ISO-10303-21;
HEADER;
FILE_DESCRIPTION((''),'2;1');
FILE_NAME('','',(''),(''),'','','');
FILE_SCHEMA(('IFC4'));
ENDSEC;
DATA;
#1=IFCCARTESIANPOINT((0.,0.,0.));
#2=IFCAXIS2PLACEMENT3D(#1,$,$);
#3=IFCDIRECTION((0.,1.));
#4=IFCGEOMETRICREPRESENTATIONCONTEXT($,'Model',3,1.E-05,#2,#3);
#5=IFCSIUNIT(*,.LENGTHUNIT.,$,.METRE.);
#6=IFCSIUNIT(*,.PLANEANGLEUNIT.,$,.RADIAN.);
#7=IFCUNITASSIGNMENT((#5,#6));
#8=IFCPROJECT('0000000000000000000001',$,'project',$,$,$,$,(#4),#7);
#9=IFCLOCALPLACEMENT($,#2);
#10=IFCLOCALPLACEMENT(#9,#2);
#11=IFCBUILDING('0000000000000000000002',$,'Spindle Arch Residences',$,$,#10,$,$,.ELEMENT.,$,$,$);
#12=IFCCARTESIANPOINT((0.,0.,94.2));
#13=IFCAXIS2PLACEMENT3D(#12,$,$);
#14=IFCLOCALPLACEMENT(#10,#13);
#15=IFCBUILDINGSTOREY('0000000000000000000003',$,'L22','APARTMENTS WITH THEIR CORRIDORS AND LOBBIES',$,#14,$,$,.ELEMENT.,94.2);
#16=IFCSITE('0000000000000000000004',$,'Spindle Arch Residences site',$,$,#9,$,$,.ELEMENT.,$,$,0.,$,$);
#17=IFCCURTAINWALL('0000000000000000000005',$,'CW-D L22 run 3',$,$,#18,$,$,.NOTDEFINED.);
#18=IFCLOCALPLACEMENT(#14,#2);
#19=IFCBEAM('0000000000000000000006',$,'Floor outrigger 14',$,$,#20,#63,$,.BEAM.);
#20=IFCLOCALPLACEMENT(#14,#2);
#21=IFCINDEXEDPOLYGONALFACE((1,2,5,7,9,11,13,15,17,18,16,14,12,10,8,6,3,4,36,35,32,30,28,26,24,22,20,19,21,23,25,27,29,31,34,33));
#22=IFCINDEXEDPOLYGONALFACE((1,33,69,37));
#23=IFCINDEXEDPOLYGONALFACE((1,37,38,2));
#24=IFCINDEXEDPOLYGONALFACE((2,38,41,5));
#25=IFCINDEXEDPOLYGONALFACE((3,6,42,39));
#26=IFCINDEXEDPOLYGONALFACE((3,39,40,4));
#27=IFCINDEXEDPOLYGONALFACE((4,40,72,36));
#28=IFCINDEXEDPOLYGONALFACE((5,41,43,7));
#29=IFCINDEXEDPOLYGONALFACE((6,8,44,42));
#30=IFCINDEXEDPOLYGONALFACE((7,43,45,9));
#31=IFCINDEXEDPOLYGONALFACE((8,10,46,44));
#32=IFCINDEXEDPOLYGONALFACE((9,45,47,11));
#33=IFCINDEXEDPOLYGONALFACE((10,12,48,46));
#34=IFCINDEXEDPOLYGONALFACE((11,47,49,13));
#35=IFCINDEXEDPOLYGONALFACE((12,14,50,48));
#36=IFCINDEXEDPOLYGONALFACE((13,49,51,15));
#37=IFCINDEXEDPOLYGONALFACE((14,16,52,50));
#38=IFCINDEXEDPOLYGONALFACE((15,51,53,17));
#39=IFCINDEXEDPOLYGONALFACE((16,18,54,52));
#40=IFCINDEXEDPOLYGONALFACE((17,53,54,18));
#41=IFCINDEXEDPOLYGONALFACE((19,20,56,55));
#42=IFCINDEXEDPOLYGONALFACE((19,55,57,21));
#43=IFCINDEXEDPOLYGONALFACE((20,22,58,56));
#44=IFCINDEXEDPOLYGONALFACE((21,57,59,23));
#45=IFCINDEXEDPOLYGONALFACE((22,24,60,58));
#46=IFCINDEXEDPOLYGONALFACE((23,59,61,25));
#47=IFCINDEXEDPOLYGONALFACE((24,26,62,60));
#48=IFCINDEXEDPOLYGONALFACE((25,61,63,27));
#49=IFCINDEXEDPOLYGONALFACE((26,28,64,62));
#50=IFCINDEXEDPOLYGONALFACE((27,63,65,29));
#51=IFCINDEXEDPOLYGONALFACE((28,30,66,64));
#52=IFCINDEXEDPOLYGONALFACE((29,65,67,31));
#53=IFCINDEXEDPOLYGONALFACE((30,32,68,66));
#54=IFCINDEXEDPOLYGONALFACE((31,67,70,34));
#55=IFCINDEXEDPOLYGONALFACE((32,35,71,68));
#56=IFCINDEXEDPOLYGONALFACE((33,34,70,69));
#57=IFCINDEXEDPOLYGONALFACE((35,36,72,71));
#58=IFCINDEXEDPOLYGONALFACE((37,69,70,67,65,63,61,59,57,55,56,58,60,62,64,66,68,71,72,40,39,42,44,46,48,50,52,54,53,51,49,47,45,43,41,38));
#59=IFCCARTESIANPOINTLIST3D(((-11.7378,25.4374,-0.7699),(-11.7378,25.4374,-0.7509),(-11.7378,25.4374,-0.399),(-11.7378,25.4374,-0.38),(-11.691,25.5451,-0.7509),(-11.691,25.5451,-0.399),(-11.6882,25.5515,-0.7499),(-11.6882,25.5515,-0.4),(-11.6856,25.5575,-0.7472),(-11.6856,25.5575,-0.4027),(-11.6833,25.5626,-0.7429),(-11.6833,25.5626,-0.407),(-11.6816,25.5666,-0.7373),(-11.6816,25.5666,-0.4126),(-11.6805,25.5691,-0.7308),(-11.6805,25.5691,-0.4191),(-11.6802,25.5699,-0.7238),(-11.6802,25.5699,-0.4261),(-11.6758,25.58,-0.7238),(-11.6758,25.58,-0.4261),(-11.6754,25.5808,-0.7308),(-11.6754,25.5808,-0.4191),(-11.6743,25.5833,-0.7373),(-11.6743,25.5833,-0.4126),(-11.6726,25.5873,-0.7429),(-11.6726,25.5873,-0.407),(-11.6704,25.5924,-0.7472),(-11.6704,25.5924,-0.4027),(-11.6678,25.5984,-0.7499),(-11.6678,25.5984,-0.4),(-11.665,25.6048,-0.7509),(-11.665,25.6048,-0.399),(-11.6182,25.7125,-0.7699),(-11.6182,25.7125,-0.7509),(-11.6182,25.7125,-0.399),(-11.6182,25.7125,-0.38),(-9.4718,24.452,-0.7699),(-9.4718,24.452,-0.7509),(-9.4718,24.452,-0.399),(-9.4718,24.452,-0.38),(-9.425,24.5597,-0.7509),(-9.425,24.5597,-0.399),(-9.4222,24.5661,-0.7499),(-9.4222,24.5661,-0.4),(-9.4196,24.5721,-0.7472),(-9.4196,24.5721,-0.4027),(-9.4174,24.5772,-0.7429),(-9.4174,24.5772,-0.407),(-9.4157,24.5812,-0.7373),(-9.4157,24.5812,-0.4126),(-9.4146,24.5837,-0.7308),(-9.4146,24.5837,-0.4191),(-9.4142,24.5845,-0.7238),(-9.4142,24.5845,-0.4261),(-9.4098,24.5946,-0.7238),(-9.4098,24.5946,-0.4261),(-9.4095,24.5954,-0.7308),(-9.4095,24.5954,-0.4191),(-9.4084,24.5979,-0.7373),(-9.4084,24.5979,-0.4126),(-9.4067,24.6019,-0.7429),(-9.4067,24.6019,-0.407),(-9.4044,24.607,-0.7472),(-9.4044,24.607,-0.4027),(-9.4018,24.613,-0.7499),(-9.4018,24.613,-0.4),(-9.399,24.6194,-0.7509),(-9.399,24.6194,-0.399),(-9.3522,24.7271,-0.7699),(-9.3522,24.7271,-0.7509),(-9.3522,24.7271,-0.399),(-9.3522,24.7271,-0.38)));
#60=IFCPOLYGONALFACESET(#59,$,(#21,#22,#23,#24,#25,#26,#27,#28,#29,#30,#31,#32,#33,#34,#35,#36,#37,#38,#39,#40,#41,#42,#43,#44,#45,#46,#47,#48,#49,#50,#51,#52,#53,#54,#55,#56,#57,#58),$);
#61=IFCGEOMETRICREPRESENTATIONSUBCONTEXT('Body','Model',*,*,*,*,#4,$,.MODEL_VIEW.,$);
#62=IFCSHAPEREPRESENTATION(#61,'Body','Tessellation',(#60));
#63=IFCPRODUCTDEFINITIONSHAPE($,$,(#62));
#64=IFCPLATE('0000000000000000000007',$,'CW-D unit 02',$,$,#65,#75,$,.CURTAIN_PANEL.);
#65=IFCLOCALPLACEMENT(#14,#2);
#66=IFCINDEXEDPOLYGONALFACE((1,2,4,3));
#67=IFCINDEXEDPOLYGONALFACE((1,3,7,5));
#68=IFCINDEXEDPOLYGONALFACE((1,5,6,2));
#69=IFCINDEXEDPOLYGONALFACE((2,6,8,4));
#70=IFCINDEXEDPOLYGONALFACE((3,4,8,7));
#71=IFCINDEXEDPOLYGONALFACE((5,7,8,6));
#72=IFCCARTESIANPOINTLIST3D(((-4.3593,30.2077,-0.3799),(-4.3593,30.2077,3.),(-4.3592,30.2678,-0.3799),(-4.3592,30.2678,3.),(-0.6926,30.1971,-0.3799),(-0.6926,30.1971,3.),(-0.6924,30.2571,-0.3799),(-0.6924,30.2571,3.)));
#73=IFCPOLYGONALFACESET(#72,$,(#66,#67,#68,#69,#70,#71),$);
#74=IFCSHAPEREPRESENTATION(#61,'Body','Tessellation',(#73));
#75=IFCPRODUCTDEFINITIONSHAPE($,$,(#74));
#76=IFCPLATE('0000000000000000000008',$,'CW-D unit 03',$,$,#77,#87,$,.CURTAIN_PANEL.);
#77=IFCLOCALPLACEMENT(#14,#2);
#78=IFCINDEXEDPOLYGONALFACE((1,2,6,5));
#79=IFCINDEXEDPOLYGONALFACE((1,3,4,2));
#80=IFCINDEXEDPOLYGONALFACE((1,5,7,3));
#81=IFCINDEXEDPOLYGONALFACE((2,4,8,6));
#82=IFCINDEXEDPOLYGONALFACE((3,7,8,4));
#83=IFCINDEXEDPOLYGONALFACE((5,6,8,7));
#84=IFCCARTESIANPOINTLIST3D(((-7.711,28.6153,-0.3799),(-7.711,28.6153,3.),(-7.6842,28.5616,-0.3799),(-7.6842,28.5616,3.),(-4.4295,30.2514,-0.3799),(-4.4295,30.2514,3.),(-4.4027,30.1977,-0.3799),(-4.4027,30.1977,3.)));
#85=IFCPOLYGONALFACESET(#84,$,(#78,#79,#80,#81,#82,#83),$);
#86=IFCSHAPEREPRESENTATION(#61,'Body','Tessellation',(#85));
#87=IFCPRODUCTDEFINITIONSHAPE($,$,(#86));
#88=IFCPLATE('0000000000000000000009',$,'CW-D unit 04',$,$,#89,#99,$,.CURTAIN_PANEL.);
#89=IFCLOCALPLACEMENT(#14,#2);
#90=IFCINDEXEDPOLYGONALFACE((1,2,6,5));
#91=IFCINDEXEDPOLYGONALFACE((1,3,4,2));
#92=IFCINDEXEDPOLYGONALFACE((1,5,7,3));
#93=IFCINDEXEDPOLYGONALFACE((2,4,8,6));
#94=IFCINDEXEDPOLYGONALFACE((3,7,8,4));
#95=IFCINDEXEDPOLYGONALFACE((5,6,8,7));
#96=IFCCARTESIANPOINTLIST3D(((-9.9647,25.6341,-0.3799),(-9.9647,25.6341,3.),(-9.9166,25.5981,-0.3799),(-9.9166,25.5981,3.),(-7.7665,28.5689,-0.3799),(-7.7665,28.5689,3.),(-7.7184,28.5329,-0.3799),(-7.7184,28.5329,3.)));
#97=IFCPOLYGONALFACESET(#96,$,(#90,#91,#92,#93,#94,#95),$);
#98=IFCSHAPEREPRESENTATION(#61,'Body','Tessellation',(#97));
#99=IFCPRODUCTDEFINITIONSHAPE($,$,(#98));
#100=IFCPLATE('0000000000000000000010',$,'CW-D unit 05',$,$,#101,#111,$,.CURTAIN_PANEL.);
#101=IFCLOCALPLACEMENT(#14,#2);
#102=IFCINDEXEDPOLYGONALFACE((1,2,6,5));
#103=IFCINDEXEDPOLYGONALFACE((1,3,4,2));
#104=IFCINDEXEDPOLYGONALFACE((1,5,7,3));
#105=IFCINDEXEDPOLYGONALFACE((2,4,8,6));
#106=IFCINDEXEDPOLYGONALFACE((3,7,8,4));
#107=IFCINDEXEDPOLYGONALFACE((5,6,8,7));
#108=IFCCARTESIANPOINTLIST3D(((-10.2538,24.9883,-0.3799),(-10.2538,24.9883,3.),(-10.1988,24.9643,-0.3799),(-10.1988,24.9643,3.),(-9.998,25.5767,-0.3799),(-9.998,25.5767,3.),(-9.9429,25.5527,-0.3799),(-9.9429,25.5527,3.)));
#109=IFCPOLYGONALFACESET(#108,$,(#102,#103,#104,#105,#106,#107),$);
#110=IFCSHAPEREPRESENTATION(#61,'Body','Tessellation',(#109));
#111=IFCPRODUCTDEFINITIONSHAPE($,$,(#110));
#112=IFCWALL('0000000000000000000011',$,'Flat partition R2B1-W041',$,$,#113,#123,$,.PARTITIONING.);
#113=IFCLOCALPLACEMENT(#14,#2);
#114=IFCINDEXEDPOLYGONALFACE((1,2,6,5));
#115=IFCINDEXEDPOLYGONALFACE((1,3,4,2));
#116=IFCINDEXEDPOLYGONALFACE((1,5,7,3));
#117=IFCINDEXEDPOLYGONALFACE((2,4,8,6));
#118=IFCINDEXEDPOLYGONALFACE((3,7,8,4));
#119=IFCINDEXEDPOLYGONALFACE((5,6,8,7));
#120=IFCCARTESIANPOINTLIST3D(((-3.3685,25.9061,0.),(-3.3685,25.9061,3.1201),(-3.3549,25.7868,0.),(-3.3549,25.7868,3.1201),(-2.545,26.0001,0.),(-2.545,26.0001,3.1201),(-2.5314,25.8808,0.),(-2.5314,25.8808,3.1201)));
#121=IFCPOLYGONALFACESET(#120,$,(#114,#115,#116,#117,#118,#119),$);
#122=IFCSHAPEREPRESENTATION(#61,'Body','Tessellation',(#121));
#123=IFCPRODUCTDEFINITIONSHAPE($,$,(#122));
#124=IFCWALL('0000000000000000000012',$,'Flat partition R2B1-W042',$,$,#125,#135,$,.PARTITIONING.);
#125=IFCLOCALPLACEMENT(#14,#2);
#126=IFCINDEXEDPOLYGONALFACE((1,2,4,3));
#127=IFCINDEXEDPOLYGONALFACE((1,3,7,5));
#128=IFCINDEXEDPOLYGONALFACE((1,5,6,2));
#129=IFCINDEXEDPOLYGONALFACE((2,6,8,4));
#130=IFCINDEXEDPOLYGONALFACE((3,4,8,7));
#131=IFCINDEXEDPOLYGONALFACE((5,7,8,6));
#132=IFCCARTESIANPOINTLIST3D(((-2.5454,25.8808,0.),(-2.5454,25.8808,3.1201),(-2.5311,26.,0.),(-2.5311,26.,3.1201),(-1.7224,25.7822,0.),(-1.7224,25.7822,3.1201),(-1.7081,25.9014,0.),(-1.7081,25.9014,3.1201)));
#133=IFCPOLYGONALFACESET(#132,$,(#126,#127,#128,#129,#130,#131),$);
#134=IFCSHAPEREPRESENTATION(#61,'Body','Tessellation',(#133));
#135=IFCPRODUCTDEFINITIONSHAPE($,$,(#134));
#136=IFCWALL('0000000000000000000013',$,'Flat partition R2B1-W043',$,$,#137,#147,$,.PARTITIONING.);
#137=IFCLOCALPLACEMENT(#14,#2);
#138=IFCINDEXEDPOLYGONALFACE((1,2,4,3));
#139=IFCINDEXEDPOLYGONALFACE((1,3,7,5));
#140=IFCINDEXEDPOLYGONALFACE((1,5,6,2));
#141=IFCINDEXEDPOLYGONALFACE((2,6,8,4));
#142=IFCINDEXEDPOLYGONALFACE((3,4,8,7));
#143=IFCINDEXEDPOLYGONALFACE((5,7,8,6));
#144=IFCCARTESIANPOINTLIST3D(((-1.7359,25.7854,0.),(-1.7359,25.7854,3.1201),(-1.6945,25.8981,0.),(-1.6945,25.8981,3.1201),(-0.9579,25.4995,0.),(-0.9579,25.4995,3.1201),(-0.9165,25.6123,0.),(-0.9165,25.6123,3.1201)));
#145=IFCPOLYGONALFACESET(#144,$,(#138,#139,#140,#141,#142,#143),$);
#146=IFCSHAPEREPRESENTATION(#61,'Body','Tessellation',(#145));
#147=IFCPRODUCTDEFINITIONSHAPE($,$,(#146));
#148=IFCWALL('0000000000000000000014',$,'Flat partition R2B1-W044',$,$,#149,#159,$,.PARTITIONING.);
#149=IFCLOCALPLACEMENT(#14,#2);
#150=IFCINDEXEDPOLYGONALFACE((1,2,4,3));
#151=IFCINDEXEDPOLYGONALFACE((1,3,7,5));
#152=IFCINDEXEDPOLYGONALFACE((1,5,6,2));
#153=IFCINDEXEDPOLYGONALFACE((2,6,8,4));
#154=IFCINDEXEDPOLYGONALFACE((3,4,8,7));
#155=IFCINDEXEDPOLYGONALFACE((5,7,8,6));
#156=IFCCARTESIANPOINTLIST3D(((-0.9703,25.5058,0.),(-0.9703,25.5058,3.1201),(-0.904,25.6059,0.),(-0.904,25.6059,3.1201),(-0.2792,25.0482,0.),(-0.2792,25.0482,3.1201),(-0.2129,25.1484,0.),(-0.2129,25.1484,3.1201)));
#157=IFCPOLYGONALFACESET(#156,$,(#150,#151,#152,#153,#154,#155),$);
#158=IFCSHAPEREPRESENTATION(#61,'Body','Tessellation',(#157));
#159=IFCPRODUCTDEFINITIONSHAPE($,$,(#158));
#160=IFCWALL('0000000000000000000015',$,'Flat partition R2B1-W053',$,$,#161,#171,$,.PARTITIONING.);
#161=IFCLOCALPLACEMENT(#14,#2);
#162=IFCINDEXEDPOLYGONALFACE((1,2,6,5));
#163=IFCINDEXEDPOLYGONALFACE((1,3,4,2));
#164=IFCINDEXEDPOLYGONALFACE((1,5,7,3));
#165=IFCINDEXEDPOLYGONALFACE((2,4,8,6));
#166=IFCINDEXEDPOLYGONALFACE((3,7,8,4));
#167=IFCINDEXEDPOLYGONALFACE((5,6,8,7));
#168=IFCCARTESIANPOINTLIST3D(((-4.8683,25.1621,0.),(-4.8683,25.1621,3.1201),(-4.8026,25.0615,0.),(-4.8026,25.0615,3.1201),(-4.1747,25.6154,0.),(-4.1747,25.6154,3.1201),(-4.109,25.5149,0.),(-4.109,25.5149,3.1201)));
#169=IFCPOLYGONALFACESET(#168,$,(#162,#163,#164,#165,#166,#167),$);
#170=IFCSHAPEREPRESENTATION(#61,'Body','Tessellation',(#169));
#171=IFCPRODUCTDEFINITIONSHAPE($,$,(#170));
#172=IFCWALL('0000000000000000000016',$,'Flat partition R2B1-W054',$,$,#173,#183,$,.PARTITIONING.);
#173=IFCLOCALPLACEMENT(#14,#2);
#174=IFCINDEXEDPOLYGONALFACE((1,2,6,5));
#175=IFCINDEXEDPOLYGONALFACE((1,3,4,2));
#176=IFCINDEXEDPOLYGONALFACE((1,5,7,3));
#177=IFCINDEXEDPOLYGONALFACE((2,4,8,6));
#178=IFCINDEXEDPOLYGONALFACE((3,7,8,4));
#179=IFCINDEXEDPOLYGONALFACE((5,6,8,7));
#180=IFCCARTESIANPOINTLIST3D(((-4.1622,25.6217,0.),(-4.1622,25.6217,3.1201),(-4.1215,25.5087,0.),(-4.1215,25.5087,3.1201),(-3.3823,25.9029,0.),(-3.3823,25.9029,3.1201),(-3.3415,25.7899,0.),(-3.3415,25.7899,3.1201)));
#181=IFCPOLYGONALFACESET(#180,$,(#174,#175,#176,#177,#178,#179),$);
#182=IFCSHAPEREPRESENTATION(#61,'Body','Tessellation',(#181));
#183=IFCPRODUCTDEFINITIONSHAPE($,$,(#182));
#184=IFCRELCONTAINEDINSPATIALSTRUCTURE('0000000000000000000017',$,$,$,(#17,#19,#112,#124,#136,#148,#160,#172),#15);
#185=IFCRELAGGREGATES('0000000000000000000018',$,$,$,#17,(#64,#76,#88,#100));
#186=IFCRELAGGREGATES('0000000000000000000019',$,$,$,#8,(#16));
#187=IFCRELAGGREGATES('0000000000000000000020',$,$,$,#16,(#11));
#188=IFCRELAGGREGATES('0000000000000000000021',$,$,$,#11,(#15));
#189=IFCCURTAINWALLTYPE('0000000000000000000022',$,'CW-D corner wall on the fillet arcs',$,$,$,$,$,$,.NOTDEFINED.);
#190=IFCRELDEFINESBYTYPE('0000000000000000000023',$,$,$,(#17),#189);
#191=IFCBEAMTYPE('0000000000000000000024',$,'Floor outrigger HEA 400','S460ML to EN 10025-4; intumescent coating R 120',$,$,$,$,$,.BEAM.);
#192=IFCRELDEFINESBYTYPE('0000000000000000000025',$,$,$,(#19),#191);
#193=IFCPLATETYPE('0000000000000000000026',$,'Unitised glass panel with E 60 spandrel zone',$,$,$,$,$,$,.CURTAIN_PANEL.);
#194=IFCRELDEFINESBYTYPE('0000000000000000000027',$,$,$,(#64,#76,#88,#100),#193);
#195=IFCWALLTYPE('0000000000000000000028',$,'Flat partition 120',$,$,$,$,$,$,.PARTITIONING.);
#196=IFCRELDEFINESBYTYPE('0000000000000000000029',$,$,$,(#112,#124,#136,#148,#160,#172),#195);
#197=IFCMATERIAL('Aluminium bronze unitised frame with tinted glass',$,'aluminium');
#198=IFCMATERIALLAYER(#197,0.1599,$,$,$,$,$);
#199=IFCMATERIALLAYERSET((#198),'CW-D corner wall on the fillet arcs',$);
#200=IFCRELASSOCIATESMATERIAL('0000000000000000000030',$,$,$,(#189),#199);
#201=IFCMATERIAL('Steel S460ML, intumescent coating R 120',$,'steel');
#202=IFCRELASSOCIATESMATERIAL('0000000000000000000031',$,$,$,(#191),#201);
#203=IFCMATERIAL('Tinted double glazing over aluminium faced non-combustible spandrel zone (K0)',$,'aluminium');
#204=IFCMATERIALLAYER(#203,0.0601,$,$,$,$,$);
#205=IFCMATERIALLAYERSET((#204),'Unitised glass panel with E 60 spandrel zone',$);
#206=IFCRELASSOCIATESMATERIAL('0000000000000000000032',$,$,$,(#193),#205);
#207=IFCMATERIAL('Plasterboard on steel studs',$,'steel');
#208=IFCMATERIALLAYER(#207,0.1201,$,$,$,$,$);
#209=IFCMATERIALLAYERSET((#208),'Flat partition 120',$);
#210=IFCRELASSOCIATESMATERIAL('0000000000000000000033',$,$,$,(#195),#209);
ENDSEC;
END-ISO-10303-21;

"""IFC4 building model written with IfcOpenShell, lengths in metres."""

from ifc_helpers import new_model, si_unit, direction, frame, frame_2d, origin, origin_2d, place, context, subcontext, project, spatial, rectangle, i_section, extrude, material, layer, layer_set, material_profile, profile_set, type_object, element, aggregate, save


model = new_model("IFC4")

# Units and contexts
model_context = context("Model", 3, precision=1e-05, world=origin(), true_north=direction((0.0, 1.0)))
body_context = subcontext(model_context, "Body", "Model", "MODEL_VIEW")
ifc_project = project(units=[si_unit("LENGTHUNIT", "METRE"), si_unit("PLANEANGLEUNIT", "RADIAN")], contexts=[model_context])

# Site, building, storey
site_placement = place(None, origin())
site = spatial("IfcSite", under=ifc_project, at=site_placement, Name="Spindle Arch Residences site", CompositionType="ELEMENT", RefElevation=0.0)
building_placement = place(site_placement, origin())
building = spatial("IfcBuilding", under=site, at=building_placement, Name="Spindle Arch Residences", CompositionType="ELEMENT")
storey_placement = place(building_placement, frame((0.0, 0.0, 94.2)))
storey = spatial("IfcBuildingStorey", under=building, at=storey_placement, Name="L22", Description="APARTMENTS WITH THEIR CORRIDORS AND LOBBIES", CompositionType="ELEMENT", Elevation=94.2)

# Curtain wall
ifc_material_1 = material(Name="Aluminium bronze unitised frame with tinted glass", Category="aluminium")
ifc_layer_1 = layer(ifc_material_1, 0.1599)
ifc_layer_set_1 = layer_set([ifc_layer_1], Name="CW-D corner wall on the fillet arcs")
curtain_wall_type = type_object("IfcCurtainWallType", Name="CW-D corner wall on the fillet arcs", PredefinedType="NOTDEFINED", material=ifc_layer_set_1)
curtain_wall_placement = place(storey_placement, origin())
curtain_wall = element("IfcCurtainWall", 1, at=curtain_wall_placement, inside=storey, type_object=curtain_wall_type, Name="CW-D L22 run 3", PredefinedType="NOTDEFINED")

# Beam
ifc_material_2 = material(Name="Steel S460ML, intumescent coating R 120", Category="steel")
ifc_material_profile_1 = material_profile(ifc_material_2, i_section(OverallWidth=0.3, OverallDepth=0.3899, WebThickness=0.011, FlangeThickness=0.019, FilletRadius=0.0271, at=origin_2d()), Name="HEA 400")
ifc_profile_set_1 = profile_set([ifc_material_profile_1], Name="Steel S460ML, intumescent coating R 120")
beam_type_1 = type_object("IfcBeamType", Name="Floor outrigger HEA 400", Description="S460ML to EN 10025-4; intumescent coating R 120", PredefinedType="BEAM", material=ifc_profile_set_1)
beam_1_placement = place(storey_placement, frame((-11.678, 25.575, -0.575), z_axis=(0.917042, -0.398791, 0.0), x_axis=(0.398791, 0.917042, 0.0)))
element("IfcBeam", 2, at=beam_1_placement, inside=storey, type_object=beam_type_1, Name="Floor outrigger 14", PredefinedType="BEAM", context=body_context, shape_type="SweptSolid", body=[
    extrude(i_section(OverallWidth=0.3, OverallDepth=0.3899, WebThickness=0.011, FlangeThickness=0.019, FilletRadius=0.0271, at=origin_2d()), origin(), (0.0, 0.0, 1.0), 2.4709),
])

# Plates
ifc_material_3 = material(Name="Tinted double glazing over aluminium faced non-combustible spandrel zone (K0)", Category="aluminium")
ifc_layer_2 = layer(ifc_material_3, 0.0601)
ifc_layer_set_2 = layer_set([ifc_layer_2], Name="Unitised glass panel with E 60 spandrel zone")
plate_type = type_object("IfcPlateType", Name="Unitised glass panel with E 60 spandrel zone", PredefinedType="CURTAIN_PANEL", material=ifc_layer_set_2)
plate_1_placement = place(storey_placement, frame((-2.5259, 30.2324, -0.3799), z_axis=(0.0, 0.0, 1.0), x_axis=(-0.999996, 0.002909, 0.0)))
plate_1 = element("IfcPlate", 3, at=plate_1_placement, type_object=plate_type, Name="CW-D unit 02", PredefinedType="CURTAIN_PANEL", context=body_context, shape_type="SweptSolid", body=[
    extrude(rectangle(XDim=3.6667, YDim=0.0601, at=origin_2d()), origin(), (0.0, 0.0, 1.0), 3.3799),
])
plate_2_placement = place(storey_placement, frame((-6.0569, 29.4065, -0.3799), z_axis=(0.0, 0.0, 1.0), x_axis=(-0.894934, -0.446198, 0.0)))
plate_2 = element("IfcPlate", 4, at=plate_2_placement, type_object=plate_type, Name="CW-D unit 03", PredefinedType="CURTAIN_PANEL", context=body_context, shape_type="SweptSolid", body=[
    extrude(rectangle(XDim=3.6667, YDim=0.0601, at=origin_2d()), origin(), (0.0, 0.0, 1.0), 3.3799),
])
plate_3_placement = place(storey_placement, frame((-8.8416, 27.0835, -0.3799), z_axis=(0.0, 0.0, 1.0), x_axis=(-0.599489, -0.800383, 0.0)))
plate_3 = element("IfcPlate", 5, at=plate_3_placement, type_object=plate_type, Name="CW-D unit 04", PredefinedType="CURTAIN_PANEL", context=body_context, shape_type="SweptSolid", body=[
    extrude(rectangle(XDim=3.6667, YDim=0.0601, at=origin_2d()), origin(), (0.0, 0.0, 1.0), 3.3799),
])
plate_4_placement = place(storey_placement, frame((-10.0984, 25.2705, -0.3799), z_axis=(0.0, 0.0, 1.0), x_axis=(-0.398749, -0.91706, 0.0)))
plate_4 = element("IfcPlate", 6, at=plate_4_placement, type_object=plate_type, Name="CW-D unit 05", PredefinedType="CURTAIN_PANEL", context=body_context, shape_type="SweptSolid", body=[
    extrude(rectangle(XDim=0.6416, YDim=0.0601, at=origin_2d()), origin(), (0.0, 0.0, 1.0), 3.3799),
])
aggregate(curtain_wall, [plate_1, plate_2, plate_3, plate_4])

# Walls
ifc_material_4 = material(Name="Plasterboard on steel studs", Category="steel")
ifc_layer_3 = layer(ifc_material_4, 0.1201)
ifc_layer_set_3 = layer_set([ifc_layer_3], Name="Flat partition 120")
wall_type_1 = type_object("IfcWallType", Name="Flat partition 120", PredefinedType="PARTITIONING", material=ifc_layer_set_3)
for number, where, z_axis, x_axis, name in (
    (7, (-3.3618, 25.8464, 0.0), (0.0, 0.0, 1.0), (0.993549, 0.113405, 0.0), "Flat partition R2B1-W041"),
    (8, (-2.5383, 25.9404, 0.0), (0.0, 0.0, 1.0), (0.992895, -0.118994, 0.0), "Flat partition R2B1-W042"),
    (9, (-1.7153, 25.8418, 0.0), (0.0, 0.0, 1.0), (0.938644, -0.344886, 0.0), "Flat partition R2B1-W043"),
    (10, (-0.9373, 25.5559, 0.0), (0.0, 0.0, 1.0), (0.833858, -0.551978, 0.0), "Flat partition R2B1-W044"),
):
    element("IfcWall", number, at=place(storey_placement, frame(where, z_axis=z_axis, x_axis=x_axis)), inside=storey, type_object=wall_type_1, Name=name, PredefinedType="PARTITIONING", context=body_context, shape_type="SweptSolid", body=[
        extrude(rectangle(XDim=0.8289, YDim=0.1201, at=frame_2d((0.4146, 0.0))), origin(), (0.0, 0.0, 1.0), 3.1201),
    ])
wall_1_placement = place(storey_placement, frame((-4.8354, 25.1118, 0.0), z_axis=(0.0, 0.0, 1.0), x_axis=(0.837047, 0.54713, 0.0)))
element("IfcWall", 11, at=wall_1_placement, inside=storey, type_object=wall_type_1, Name="Flat partition R2B1-W053", PredefinedType="PARTITIONING", context=body_context, shape_type="SweptSolid", body=[
    extrude(rectangle(XDim=0.8286, YDim=0.1201, at=frame_2d((0.4143, 0.0))), origin(), (0.0, 0.0, 1.0), 3.1201),
])
wall_2_placement = place(storey_placement, frame((-4.1418, 25.5652, 0.0), z_axis=(0.0, 0.0, 1.0), x_axis=(0.940718, 0.339189, 0.0)))
element("IfcWall", 12, at=wall_2_placement, inside=storey, type_object=wall_type_1, Name="Flat partition R2B1-W054", PredefinedType="PARTITIONING", context=body_context, shape_type="SweptSolid", body=[
    extrude(rectangle(XDim=0.8291, YDim=0.1201, at=frame_2d((0.4146, 0.0))), origin(), (0.0, 0.0, 1.0), 3.1201),
])

save(model, "model.ifc")
